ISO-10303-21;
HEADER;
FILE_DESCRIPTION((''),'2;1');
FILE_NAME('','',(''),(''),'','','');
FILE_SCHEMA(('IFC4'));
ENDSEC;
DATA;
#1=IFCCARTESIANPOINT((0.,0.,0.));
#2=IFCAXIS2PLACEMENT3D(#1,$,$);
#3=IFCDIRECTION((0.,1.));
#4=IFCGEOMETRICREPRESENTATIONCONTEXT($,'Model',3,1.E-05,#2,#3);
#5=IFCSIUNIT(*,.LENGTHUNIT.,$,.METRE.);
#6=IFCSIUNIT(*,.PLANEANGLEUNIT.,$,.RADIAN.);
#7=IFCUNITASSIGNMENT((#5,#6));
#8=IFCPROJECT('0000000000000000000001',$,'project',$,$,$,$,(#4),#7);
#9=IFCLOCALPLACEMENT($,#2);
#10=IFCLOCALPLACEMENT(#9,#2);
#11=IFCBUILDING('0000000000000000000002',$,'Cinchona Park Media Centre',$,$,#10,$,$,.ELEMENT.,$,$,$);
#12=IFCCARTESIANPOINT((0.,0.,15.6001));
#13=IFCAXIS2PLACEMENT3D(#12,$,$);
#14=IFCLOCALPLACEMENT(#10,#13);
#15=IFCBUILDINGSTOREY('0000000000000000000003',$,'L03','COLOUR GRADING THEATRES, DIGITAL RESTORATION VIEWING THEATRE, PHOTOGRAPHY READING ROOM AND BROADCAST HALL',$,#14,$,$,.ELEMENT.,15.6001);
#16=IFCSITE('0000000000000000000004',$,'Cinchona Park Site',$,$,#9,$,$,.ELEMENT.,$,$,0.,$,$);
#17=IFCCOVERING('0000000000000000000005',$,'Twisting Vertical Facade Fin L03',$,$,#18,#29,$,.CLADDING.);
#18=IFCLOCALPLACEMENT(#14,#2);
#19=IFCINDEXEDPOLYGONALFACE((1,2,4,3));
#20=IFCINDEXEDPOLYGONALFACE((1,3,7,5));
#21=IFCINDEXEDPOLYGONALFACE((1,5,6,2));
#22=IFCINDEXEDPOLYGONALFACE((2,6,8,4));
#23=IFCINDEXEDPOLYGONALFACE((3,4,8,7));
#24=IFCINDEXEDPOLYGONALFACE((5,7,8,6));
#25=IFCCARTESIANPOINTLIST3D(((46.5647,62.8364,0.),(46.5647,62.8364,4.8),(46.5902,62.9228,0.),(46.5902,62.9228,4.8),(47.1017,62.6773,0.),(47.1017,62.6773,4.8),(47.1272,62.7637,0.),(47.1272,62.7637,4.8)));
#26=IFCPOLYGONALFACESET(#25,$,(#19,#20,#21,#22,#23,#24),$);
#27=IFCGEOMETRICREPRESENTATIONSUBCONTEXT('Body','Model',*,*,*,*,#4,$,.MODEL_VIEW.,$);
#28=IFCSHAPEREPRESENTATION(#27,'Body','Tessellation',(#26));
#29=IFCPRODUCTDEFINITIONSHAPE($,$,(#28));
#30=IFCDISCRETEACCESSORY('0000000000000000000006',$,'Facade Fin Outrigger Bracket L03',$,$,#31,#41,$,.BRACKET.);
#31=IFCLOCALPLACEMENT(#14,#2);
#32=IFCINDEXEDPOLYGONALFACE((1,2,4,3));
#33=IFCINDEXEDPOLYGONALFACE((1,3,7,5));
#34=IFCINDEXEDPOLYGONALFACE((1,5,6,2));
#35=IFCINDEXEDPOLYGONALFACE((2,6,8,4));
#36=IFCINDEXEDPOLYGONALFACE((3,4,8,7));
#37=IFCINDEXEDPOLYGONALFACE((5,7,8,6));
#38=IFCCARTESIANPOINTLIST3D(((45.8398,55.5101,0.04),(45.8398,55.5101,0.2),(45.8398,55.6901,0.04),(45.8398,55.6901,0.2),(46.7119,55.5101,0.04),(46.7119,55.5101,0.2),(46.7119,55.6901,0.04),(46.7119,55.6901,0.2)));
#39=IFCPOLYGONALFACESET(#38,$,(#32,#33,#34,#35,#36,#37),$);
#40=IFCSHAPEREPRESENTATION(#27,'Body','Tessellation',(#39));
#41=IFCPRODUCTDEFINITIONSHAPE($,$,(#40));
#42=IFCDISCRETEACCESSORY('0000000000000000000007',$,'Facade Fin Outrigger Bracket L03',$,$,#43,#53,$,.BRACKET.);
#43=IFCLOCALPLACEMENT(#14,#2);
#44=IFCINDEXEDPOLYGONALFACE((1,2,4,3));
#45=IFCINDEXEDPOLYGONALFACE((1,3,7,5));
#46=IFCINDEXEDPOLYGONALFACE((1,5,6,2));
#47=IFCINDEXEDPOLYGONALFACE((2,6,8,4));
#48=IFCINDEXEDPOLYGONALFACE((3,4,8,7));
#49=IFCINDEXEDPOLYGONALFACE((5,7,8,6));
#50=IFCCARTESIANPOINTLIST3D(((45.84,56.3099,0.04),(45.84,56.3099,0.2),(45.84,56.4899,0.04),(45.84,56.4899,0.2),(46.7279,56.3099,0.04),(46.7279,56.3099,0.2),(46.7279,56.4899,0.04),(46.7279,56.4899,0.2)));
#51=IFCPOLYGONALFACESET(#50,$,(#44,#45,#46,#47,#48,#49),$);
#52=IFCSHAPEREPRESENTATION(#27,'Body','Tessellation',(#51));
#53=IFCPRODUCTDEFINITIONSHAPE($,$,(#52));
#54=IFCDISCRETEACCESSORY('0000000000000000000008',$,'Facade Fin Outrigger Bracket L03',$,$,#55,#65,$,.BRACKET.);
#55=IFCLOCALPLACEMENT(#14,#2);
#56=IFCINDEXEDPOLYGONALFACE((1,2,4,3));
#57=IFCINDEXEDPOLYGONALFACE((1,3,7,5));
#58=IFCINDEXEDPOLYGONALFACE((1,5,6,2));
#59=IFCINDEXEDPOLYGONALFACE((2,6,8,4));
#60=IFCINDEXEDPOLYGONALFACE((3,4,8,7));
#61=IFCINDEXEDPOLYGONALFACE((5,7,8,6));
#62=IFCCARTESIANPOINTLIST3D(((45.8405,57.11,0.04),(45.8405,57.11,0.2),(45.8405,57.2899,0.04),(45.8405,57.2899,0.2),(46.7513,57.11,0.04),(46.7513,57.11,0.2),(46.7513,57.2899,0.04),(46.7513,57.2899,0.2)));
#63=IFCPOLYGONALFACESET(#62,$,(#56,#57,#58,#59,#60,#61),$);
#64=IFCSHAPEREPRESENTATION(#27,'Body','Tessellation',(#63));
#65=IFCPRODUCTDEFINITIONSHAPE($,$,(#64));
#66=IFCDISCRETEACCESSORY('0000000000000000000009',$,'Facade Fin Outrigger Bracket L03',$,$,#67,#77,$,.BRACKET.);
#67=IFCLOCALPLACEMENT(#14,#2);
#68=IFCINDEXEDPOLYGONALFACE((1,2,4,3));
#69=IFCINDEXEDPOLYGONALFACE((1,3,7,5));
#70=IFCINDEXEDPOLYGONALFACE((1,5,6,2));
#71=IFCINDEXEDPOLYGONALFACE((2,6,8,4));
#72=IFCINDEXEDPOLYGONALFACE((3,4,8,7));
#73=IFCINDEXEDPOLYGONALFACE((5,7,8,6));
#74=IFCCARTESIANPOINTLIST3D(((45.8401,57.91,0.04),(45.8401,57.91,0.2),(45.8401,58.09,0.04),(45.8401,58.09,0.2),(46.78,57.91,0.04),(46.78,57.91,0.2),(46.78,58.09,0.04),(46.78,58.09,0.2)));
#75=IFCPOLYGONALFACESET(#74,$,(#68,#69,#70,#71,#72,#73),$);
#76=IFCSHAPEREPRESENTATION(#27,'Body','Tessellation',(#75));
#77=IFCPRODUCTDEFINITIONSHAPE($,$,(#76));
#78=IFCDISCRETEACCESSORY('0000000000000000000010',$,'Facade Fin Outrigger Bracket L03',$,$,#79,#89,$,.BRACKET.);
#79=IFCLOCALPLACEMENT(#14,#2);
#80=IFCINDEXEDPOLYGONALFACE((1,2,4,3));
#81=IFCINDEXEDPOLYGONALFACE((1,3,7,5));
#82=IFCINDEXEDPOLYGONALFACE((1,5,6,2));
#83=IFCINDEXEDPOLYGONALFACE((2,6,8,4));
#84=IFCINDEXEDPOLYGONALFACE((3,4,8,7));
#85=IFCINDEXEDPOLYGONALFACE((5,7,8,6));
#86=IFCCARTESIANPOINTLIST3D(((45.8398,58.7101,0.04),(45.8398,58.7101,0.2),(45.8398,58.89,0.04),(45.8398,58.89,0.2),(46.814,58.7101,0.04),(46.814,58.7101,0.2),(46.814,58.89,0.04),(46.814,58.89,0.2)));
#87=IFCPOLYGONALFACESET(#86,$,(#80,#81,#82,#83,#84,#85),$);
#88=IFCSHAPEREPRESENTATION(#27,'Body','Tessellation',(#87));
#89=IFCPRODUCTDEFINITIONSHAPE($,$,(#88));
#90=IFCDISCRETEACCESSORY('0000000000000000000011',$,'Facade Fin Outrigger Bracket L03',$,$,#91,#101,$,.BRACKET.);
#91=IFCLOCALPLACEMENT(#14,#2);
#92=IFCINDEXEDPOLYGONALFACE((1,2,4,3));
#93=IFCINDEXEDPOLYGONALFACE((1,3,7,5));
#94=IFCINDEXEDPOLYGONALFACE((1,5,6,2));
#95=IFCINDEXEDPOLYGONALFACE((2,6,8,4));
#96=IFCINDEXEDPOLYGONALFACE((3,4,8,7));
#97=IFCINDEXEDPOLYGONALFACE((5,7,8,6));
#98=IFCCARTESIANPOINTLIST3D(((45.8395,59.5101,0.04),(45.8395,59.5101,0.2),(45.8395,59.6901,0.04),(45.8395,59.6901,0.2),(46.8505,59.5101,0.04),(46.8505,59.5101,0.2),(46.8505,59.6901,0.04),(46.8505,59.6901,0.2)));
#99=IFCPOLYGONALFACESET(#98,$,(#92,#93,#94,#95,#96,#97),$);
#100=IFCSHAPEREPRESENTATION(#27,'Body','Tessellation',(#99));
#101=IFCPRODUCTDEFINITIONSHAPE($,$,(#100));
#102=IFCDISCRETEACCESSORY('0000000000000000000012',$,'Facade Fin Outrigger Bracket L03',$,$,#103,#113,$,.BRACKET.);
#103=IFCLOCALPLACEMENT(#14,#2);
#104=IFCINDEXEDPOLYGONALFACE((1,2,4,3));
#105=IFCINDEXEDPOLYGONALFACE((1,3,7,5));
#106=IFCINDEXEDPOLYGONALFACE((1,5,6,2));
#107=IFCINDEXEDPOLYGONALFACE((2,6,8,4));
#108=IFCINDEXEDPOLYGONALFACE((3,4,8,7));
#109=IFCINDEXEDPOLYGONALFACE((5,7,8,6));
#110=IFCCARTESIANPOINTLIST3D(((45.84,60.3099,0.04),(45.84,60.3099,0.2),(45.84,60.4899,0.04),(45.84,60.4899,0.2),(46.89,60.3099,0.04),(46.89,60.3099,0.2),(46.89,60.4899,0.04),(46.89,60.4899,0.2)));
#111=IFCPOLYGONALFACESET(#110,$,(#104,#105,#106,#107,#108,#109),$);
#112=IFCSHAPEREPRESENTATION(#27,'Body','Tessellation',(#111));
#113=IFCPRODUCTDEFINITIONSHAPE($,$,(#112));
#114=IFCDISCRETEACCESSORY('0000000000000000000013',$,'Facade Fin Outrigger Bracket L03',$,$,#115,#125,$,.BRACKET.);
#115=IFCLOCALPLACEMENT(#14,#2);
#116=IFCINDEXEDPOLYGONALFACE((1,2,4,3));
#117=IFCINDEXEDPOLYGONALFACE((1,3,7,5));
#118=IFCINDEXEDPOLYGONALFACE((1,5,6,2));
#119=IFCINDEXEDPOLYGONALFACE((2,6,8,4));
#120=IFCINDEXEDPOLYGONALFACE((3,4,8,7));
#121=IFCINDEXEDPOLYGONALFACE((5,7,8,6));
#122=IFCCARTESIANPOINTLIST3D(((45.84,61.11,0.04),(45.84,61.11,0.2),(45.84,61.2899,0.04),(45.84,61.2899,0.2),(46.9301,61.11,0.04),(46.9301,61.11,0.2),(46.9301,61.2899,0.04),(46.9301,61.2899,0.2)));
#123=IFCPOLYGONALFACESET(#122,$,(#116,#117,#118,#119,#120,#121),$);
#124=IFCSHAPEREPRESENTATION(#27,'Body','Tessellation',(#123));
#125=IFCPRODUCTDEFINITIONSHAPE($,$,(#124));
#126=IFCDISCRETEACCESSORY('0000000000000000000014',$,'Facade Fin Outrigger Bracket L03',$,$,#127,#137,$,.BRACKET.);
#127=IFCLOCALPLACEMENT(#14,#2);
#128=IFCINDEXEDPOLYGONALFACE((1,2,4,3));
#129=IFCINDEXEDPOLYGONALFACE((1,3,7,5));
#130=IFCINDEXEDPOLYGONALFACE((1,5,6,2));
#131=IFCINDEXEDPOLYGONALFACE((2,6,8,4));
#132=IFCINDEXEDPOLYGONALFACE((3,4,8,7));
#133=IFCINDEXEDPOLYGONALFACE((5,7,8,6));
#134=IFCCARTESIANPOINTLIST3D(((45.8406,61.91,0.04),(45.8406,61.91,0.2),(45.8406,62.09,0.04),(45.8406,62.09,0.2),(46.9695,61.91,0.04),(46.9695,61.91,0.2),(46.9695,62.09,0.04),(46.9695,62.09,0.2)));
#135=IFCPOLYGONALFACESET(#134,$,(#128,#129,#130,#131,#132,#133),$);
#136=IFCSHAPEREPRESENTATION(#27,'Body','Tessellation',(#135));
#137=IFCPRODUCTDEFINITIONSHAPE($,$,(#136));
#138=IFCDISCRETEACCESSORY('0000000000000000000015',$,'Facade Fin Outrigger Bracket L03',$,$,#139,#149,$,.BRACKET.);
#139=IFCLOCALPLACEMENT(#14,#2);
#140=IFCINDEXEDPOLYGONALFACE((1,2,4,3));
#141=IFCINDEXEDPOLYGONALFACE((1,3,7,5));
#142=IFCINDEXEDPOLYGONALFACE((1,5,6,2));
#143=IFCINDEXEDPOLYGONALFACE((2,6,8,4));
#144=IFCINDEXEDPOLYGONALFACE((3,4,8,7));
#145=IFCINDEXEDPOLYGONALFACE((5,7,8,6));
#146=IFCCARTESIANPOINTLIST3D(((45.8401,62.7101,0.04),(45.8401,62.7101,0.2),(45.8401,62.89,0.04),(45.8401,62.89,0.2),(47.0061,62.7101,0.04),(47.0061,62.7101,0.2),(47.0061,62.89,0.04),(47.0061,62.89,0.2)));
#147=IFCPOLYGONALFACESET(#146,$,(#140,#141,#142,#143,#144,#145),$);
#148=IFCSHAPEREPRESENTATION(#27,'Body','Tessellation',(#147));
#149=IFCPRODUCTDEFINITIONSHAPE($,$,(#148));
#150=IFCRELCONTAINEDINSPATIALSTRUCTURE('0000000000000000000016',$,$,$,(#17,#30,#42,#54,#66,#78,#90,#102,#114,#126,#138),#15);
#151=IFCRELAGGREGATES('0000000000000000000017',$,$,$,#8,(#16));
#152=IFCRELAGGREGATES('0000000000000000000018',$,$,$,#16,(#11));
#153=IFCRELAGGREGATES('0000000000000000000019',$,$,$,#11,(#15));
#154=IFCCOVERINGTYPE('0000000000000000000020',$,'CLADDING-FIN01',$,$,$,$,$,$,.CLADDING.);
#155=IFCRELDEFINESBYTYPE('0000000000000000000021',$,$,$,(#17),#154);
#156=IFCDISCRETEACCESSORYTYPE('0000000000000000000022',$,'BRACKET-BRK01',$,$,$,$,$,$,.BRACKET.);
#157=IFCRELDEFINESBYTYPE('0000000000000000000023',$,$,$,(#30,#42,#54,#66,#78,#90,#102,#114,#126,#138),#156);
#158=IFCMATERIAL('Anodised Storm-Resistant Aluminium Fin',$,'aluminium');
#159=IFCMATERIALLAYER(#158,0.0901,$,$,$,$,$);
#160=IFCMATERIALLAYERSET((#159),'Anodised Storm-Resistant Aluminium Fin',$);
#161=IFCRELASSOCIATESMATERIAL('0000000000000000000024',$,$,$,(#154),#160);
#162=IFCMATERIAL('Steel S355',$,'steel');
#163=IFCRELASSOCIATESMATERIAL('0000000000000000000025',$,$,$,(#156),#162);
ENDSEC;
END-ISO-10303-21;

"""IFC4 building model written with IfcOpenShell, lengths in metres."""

from ifc_helpers import new_model, si_unit, direction, frame, origin, origin_2d, place, context, subcontext, project, spatial, rectangle, extrude, material, layer, layer_set, type_object, element, save


model = new_model("IFC4")

# Units and contexts
model_context = context("Model", 3, precision=1e-05, world=origin(), true_north=direction((0.0, 1.0)))
body_context = subcontext(model_context, "Body", "Model", "MODEL_VIEW")
ifc_project = project(units=[si_unit("LENGTHUNIT", "METRE"), si_unit("PLANEANGLEUNIT", "RADIAN")], contexts=[model_context])

# Site, building, storey
site_placement = place(None, origin())
site = spatial("IfcSite", under=ifc_project, at=site_placement, Name="Cinchona Park Site", CompositionType="ELEMENT", RefElevation=0.0)
building_placement = place(site_placement, origin())
building = spatial("IfcBuilding", under=site, at=building_placement, Name="Cinchona Park Media Centre", CompositionType="ELEMENT")
storey_placement = place(building_placement, frame((0.0, 0.0, 15.6001)))
storey = spatial("IfcBuildingStorey", under=building, at=storey_placement, Name="L03", Description="COLOUR GRADING THEATRES, DIGITAL RESTORATION VIEWING THEATRE, PHOTOGRAPHY READING ROOM AND BROADCAST HALL", CompositionType="ELEMENT", Elevation=15.6001)

# Covering
ifc_material_1 = material(Name="Anodised Storm-Resistant Aluminium Fin", Category="aluminium")
ifc_layer_1 = layer(ifc_material_1, 0.0901)
ifc_layer_set_1 = layer_set([ifc_layer_1], Name="Anodised Storm-Resistant Aluminium Fin")
covering_type = type_object("IfcCoveringType", Name="CLADDING-FIN01", PredefinedType="CLADDING", material=ifc_layer_set_1)
for number, where, z_axis, x_axis, name in (
    (1, (46.8459, 62.8, 0.0), (0.0, 0.0, 1.0), (-0.95882, 0.284015, 0.0), "Twisting Vertical Facade Fin L03"),
):
    element("IfcCovering", number, at=place(storey_placement, frame(where, z_axis=z_axis, x_axis=x_axis)), inside=storey, type_object=covering_type, Name=name, PredefinedType="CLADDING", context=body_context, shape_type="SweptSolid", body=[
        extrude(rectangle(XDim=0.5601, YDim=0.0901, at=origin_2d()), origin(), (0.0, 0.0, 1.0), 4.8),
    ])

# Discrete accessories
ifc_material_2 = material(Name="Steel S355", Category="steel")
discrete_accessory_type = type_object("IfcDiscreteAccessoryType", Name="BRACKET-BRK01", PredefinedType="BRACKET", material=ifc_material_2)
discrete_accessory_1_placement = place(storey_placement, frame((46.2759, 55.6001, 0.04), z_axis=(0.0, 0.0, 1.0), x_axis=(0.0, 1.0, 0.0)))
element("IfcDiscreteAccessory", 2, at=discrete_accessory_1_placement, inside=storey, type_object=discrete_accessory_type, Name="Facade Fin Outrigger Bracket L03", PredefinedType="BRACKET", context=body_context, shape_type="SweptSolid", body=[
    extrude(rectangle(XDim=0.1799, YDim=0.8721, at=origin_2d()), origin(), (0.0, 0.0, 1.0), 0.1599),
])
discrete_accessory_2_placement = place(storey_placement, frame((46.2839, 56.3999, 0.04), z_axis=(0.0, 0.0, 1.0), x_axis=(0.0, 1.0, 0.0)))
element("IfcDiscreteAccessory", 3, at=discrete_accessory_2_placement, inside=storey, type_object=discrete_accessory_type, Name="Facade Fin Outrigger Bracket L03", PredefinedType="BRACKET", context=body_context, shape_type="SweptSolid", body=[
    extrude(rectangle(XDim=0.1799, YDim=0.8879, at=origin_2d()), origin(), (0.0, 0.0, 1.0), 0.1599),
])
discrete_accessory_3_placement = place(storey_placement, frame((46.2959, 57.2, 0.04), z_axis=(0.0, 0.0, 1.0), x_axis=(0.0, 1.0, 0.0)))
element("IfcDiscreteAccessory", 4, at=discrete_accessory_3_placement, inside=storey, type_object=discrete_accessory_type, Name="Facade Fin Outrigger Bracket L03", PredefinedType="BRACKET", context=body_context, shape_type="SweptSolid", body=[
    extrude(rectangle(XDim=0.1799, YDim=0.9109, at=origin_2d()), origin(), (0.0, 0.0, 1.0), 0.1599),
])
discrete_accessory_4_placement = place(storey_placement, frame((46.3101, 58.0, 0.04), z_axis=(0.0, 0.0, 1.0), x_axis=(0.0, 1.0, 0.0)))
element("IfcDiscreteAccessory", 5, at=discrete_accessory_4_placement, inside=storey, type_object=discrete_accessory_type, Name="Facade Fin Outrigger Bracket L03", PredefinedType="BRACKET", context=body_context, shape_type="SweptSolid", body=[
    extrude(rectangle(XDim=0.1799, YDim=0.9399, at=origin_2d()), origin(), (0.0, 0.0, 1.0), 0.1599),
])
discrete_accessory_5_placement = place(storey_placement, frame((46.3269, 58.8, 0.04), z_axis=(0.0, 0.0, 1.0), x_axis=(0.0, 1.0, 0.0)))
element("IfcDiscreteAccessory", 6, at=discrete_accessory_5_placement, inside=storey, type_object=discrete_accessory_type, Name="Facade Fin Outrigger Bracket L03", PredefinedType="BRACKET", context=body_context, shape_type="SweptSolid", body=[
    extrude(rectangle(XDim=0.1799, YDim=0.9741, at=origin_2d()), origin(), (0.0, 0.0, 1.0), 0.1599),
])
discrete_accessory_6_placement = place(storey_placement, frame((46.345, 59.6001, 0.04), z_axis=(0.0, 0.0, 1.0), x_axis=(0.0, 1.0, 0.0)))
element("IfcDiscreteAccessory", 7, at=discrete_accessory_6_placement, inside=storey, type_object=discrete_accessory_type, Name="Facade Fin Outrigger Bracket L03", PredefinedType="BRACKET", context=body_context, shape_type="SweptSolid", body=[
    extrude(rectangle(XDim=0.1799, YDim=1.011, at=origin_2d()), origin(), (0.0, 0.0, 1.0), 0.1599),
])
discrete_accessory_7_placement = place(storey_placement, frame((46.365, 60.3999, 0.04), z_axis=(0.0, 0.0, 1.0), x_axis=(0.0, 1.0, 0.0)))
element("IfcDiscreteAccessory", 8, at=discrete_accessory_7_placement, inside=storey, type_object=discrete_accessory_type, Name="Facade Fin Outrigger Bracket L03", PredefinedType="BRACKET", context=body_context, shape_type="SweptSolid", body=[
    extrude(rectangle(XDim=0.1799, YDim=1.05, at=origin_2d()), origin(), (0.0, 0.0, 1.0), 0.1599),
])
discrete_accessory_8_placement = place(storey_placement, frame((46.385, 61.2, 0.04), z_axis=(0.0, 0.0, 1.0), x_axis=(0.0, 1.0, 0.0)))
element("IfcDiscreteAccessory", 9, at=discrete_accessory_8_placement, inside=storey, type_object=discrete_accessory_type, Name="Facade Fin Outrigger Bracket L03", PredefinedType="BRACKET", context=body_context, shape_type="SweptSolid", body=[
    extrude(rectangle(XDim=0.1799, YDim=1.0901, at=origin_2d()), origin(), (0.0, 0.0, 1.0), 0.1599),
])
discrete_accessory_9_placement = place(storey_placement, frame((46.405, 62.0, 0.04), z_axis=(0.0, 0.0, 1.0), x_axis=(0.0, 1.0, 0.0)))
element("IfcDiscreteAccessory", 10, at=discrete_accessory_9_placement, inside=storey, type_object=discrete_accessory_type, Name="Facade Fin Outrigger Bracket L03", PredefinedType="BRACKET", context=body_context, shape_type="SweptSolid", body=[
    extrude(rectangle(XDim=0.1799, YDim=1.1289, at=origin_2d()), origin(), (0.0, 0.0, 1.0), 0.1599),
])
discrete_accessory_10_placement = place(storey_placement, frame((46.4231, 62.8, 0.04), z_axis=(0.0, 0.0, 1.0), x_axis=(0.0, 1.0, 0.0)))
element("IfcDiscreteAccessory", 11, at=discrete_accessory_10_placement, inside=storey, type_object=discrete_accessory_type, Name="Facade Fin Outrigger Bracket L03", PredefinedType="BRACKET", context=body_context, shape_type="SweptSolid", body=[
    extrude(rectangle(XDim=0.1799, YDim=1.166, at=origin_2d()), origin(), (0.0, 0.0, 1.0), 0.1599),
])

save(model, "model.ifc")
